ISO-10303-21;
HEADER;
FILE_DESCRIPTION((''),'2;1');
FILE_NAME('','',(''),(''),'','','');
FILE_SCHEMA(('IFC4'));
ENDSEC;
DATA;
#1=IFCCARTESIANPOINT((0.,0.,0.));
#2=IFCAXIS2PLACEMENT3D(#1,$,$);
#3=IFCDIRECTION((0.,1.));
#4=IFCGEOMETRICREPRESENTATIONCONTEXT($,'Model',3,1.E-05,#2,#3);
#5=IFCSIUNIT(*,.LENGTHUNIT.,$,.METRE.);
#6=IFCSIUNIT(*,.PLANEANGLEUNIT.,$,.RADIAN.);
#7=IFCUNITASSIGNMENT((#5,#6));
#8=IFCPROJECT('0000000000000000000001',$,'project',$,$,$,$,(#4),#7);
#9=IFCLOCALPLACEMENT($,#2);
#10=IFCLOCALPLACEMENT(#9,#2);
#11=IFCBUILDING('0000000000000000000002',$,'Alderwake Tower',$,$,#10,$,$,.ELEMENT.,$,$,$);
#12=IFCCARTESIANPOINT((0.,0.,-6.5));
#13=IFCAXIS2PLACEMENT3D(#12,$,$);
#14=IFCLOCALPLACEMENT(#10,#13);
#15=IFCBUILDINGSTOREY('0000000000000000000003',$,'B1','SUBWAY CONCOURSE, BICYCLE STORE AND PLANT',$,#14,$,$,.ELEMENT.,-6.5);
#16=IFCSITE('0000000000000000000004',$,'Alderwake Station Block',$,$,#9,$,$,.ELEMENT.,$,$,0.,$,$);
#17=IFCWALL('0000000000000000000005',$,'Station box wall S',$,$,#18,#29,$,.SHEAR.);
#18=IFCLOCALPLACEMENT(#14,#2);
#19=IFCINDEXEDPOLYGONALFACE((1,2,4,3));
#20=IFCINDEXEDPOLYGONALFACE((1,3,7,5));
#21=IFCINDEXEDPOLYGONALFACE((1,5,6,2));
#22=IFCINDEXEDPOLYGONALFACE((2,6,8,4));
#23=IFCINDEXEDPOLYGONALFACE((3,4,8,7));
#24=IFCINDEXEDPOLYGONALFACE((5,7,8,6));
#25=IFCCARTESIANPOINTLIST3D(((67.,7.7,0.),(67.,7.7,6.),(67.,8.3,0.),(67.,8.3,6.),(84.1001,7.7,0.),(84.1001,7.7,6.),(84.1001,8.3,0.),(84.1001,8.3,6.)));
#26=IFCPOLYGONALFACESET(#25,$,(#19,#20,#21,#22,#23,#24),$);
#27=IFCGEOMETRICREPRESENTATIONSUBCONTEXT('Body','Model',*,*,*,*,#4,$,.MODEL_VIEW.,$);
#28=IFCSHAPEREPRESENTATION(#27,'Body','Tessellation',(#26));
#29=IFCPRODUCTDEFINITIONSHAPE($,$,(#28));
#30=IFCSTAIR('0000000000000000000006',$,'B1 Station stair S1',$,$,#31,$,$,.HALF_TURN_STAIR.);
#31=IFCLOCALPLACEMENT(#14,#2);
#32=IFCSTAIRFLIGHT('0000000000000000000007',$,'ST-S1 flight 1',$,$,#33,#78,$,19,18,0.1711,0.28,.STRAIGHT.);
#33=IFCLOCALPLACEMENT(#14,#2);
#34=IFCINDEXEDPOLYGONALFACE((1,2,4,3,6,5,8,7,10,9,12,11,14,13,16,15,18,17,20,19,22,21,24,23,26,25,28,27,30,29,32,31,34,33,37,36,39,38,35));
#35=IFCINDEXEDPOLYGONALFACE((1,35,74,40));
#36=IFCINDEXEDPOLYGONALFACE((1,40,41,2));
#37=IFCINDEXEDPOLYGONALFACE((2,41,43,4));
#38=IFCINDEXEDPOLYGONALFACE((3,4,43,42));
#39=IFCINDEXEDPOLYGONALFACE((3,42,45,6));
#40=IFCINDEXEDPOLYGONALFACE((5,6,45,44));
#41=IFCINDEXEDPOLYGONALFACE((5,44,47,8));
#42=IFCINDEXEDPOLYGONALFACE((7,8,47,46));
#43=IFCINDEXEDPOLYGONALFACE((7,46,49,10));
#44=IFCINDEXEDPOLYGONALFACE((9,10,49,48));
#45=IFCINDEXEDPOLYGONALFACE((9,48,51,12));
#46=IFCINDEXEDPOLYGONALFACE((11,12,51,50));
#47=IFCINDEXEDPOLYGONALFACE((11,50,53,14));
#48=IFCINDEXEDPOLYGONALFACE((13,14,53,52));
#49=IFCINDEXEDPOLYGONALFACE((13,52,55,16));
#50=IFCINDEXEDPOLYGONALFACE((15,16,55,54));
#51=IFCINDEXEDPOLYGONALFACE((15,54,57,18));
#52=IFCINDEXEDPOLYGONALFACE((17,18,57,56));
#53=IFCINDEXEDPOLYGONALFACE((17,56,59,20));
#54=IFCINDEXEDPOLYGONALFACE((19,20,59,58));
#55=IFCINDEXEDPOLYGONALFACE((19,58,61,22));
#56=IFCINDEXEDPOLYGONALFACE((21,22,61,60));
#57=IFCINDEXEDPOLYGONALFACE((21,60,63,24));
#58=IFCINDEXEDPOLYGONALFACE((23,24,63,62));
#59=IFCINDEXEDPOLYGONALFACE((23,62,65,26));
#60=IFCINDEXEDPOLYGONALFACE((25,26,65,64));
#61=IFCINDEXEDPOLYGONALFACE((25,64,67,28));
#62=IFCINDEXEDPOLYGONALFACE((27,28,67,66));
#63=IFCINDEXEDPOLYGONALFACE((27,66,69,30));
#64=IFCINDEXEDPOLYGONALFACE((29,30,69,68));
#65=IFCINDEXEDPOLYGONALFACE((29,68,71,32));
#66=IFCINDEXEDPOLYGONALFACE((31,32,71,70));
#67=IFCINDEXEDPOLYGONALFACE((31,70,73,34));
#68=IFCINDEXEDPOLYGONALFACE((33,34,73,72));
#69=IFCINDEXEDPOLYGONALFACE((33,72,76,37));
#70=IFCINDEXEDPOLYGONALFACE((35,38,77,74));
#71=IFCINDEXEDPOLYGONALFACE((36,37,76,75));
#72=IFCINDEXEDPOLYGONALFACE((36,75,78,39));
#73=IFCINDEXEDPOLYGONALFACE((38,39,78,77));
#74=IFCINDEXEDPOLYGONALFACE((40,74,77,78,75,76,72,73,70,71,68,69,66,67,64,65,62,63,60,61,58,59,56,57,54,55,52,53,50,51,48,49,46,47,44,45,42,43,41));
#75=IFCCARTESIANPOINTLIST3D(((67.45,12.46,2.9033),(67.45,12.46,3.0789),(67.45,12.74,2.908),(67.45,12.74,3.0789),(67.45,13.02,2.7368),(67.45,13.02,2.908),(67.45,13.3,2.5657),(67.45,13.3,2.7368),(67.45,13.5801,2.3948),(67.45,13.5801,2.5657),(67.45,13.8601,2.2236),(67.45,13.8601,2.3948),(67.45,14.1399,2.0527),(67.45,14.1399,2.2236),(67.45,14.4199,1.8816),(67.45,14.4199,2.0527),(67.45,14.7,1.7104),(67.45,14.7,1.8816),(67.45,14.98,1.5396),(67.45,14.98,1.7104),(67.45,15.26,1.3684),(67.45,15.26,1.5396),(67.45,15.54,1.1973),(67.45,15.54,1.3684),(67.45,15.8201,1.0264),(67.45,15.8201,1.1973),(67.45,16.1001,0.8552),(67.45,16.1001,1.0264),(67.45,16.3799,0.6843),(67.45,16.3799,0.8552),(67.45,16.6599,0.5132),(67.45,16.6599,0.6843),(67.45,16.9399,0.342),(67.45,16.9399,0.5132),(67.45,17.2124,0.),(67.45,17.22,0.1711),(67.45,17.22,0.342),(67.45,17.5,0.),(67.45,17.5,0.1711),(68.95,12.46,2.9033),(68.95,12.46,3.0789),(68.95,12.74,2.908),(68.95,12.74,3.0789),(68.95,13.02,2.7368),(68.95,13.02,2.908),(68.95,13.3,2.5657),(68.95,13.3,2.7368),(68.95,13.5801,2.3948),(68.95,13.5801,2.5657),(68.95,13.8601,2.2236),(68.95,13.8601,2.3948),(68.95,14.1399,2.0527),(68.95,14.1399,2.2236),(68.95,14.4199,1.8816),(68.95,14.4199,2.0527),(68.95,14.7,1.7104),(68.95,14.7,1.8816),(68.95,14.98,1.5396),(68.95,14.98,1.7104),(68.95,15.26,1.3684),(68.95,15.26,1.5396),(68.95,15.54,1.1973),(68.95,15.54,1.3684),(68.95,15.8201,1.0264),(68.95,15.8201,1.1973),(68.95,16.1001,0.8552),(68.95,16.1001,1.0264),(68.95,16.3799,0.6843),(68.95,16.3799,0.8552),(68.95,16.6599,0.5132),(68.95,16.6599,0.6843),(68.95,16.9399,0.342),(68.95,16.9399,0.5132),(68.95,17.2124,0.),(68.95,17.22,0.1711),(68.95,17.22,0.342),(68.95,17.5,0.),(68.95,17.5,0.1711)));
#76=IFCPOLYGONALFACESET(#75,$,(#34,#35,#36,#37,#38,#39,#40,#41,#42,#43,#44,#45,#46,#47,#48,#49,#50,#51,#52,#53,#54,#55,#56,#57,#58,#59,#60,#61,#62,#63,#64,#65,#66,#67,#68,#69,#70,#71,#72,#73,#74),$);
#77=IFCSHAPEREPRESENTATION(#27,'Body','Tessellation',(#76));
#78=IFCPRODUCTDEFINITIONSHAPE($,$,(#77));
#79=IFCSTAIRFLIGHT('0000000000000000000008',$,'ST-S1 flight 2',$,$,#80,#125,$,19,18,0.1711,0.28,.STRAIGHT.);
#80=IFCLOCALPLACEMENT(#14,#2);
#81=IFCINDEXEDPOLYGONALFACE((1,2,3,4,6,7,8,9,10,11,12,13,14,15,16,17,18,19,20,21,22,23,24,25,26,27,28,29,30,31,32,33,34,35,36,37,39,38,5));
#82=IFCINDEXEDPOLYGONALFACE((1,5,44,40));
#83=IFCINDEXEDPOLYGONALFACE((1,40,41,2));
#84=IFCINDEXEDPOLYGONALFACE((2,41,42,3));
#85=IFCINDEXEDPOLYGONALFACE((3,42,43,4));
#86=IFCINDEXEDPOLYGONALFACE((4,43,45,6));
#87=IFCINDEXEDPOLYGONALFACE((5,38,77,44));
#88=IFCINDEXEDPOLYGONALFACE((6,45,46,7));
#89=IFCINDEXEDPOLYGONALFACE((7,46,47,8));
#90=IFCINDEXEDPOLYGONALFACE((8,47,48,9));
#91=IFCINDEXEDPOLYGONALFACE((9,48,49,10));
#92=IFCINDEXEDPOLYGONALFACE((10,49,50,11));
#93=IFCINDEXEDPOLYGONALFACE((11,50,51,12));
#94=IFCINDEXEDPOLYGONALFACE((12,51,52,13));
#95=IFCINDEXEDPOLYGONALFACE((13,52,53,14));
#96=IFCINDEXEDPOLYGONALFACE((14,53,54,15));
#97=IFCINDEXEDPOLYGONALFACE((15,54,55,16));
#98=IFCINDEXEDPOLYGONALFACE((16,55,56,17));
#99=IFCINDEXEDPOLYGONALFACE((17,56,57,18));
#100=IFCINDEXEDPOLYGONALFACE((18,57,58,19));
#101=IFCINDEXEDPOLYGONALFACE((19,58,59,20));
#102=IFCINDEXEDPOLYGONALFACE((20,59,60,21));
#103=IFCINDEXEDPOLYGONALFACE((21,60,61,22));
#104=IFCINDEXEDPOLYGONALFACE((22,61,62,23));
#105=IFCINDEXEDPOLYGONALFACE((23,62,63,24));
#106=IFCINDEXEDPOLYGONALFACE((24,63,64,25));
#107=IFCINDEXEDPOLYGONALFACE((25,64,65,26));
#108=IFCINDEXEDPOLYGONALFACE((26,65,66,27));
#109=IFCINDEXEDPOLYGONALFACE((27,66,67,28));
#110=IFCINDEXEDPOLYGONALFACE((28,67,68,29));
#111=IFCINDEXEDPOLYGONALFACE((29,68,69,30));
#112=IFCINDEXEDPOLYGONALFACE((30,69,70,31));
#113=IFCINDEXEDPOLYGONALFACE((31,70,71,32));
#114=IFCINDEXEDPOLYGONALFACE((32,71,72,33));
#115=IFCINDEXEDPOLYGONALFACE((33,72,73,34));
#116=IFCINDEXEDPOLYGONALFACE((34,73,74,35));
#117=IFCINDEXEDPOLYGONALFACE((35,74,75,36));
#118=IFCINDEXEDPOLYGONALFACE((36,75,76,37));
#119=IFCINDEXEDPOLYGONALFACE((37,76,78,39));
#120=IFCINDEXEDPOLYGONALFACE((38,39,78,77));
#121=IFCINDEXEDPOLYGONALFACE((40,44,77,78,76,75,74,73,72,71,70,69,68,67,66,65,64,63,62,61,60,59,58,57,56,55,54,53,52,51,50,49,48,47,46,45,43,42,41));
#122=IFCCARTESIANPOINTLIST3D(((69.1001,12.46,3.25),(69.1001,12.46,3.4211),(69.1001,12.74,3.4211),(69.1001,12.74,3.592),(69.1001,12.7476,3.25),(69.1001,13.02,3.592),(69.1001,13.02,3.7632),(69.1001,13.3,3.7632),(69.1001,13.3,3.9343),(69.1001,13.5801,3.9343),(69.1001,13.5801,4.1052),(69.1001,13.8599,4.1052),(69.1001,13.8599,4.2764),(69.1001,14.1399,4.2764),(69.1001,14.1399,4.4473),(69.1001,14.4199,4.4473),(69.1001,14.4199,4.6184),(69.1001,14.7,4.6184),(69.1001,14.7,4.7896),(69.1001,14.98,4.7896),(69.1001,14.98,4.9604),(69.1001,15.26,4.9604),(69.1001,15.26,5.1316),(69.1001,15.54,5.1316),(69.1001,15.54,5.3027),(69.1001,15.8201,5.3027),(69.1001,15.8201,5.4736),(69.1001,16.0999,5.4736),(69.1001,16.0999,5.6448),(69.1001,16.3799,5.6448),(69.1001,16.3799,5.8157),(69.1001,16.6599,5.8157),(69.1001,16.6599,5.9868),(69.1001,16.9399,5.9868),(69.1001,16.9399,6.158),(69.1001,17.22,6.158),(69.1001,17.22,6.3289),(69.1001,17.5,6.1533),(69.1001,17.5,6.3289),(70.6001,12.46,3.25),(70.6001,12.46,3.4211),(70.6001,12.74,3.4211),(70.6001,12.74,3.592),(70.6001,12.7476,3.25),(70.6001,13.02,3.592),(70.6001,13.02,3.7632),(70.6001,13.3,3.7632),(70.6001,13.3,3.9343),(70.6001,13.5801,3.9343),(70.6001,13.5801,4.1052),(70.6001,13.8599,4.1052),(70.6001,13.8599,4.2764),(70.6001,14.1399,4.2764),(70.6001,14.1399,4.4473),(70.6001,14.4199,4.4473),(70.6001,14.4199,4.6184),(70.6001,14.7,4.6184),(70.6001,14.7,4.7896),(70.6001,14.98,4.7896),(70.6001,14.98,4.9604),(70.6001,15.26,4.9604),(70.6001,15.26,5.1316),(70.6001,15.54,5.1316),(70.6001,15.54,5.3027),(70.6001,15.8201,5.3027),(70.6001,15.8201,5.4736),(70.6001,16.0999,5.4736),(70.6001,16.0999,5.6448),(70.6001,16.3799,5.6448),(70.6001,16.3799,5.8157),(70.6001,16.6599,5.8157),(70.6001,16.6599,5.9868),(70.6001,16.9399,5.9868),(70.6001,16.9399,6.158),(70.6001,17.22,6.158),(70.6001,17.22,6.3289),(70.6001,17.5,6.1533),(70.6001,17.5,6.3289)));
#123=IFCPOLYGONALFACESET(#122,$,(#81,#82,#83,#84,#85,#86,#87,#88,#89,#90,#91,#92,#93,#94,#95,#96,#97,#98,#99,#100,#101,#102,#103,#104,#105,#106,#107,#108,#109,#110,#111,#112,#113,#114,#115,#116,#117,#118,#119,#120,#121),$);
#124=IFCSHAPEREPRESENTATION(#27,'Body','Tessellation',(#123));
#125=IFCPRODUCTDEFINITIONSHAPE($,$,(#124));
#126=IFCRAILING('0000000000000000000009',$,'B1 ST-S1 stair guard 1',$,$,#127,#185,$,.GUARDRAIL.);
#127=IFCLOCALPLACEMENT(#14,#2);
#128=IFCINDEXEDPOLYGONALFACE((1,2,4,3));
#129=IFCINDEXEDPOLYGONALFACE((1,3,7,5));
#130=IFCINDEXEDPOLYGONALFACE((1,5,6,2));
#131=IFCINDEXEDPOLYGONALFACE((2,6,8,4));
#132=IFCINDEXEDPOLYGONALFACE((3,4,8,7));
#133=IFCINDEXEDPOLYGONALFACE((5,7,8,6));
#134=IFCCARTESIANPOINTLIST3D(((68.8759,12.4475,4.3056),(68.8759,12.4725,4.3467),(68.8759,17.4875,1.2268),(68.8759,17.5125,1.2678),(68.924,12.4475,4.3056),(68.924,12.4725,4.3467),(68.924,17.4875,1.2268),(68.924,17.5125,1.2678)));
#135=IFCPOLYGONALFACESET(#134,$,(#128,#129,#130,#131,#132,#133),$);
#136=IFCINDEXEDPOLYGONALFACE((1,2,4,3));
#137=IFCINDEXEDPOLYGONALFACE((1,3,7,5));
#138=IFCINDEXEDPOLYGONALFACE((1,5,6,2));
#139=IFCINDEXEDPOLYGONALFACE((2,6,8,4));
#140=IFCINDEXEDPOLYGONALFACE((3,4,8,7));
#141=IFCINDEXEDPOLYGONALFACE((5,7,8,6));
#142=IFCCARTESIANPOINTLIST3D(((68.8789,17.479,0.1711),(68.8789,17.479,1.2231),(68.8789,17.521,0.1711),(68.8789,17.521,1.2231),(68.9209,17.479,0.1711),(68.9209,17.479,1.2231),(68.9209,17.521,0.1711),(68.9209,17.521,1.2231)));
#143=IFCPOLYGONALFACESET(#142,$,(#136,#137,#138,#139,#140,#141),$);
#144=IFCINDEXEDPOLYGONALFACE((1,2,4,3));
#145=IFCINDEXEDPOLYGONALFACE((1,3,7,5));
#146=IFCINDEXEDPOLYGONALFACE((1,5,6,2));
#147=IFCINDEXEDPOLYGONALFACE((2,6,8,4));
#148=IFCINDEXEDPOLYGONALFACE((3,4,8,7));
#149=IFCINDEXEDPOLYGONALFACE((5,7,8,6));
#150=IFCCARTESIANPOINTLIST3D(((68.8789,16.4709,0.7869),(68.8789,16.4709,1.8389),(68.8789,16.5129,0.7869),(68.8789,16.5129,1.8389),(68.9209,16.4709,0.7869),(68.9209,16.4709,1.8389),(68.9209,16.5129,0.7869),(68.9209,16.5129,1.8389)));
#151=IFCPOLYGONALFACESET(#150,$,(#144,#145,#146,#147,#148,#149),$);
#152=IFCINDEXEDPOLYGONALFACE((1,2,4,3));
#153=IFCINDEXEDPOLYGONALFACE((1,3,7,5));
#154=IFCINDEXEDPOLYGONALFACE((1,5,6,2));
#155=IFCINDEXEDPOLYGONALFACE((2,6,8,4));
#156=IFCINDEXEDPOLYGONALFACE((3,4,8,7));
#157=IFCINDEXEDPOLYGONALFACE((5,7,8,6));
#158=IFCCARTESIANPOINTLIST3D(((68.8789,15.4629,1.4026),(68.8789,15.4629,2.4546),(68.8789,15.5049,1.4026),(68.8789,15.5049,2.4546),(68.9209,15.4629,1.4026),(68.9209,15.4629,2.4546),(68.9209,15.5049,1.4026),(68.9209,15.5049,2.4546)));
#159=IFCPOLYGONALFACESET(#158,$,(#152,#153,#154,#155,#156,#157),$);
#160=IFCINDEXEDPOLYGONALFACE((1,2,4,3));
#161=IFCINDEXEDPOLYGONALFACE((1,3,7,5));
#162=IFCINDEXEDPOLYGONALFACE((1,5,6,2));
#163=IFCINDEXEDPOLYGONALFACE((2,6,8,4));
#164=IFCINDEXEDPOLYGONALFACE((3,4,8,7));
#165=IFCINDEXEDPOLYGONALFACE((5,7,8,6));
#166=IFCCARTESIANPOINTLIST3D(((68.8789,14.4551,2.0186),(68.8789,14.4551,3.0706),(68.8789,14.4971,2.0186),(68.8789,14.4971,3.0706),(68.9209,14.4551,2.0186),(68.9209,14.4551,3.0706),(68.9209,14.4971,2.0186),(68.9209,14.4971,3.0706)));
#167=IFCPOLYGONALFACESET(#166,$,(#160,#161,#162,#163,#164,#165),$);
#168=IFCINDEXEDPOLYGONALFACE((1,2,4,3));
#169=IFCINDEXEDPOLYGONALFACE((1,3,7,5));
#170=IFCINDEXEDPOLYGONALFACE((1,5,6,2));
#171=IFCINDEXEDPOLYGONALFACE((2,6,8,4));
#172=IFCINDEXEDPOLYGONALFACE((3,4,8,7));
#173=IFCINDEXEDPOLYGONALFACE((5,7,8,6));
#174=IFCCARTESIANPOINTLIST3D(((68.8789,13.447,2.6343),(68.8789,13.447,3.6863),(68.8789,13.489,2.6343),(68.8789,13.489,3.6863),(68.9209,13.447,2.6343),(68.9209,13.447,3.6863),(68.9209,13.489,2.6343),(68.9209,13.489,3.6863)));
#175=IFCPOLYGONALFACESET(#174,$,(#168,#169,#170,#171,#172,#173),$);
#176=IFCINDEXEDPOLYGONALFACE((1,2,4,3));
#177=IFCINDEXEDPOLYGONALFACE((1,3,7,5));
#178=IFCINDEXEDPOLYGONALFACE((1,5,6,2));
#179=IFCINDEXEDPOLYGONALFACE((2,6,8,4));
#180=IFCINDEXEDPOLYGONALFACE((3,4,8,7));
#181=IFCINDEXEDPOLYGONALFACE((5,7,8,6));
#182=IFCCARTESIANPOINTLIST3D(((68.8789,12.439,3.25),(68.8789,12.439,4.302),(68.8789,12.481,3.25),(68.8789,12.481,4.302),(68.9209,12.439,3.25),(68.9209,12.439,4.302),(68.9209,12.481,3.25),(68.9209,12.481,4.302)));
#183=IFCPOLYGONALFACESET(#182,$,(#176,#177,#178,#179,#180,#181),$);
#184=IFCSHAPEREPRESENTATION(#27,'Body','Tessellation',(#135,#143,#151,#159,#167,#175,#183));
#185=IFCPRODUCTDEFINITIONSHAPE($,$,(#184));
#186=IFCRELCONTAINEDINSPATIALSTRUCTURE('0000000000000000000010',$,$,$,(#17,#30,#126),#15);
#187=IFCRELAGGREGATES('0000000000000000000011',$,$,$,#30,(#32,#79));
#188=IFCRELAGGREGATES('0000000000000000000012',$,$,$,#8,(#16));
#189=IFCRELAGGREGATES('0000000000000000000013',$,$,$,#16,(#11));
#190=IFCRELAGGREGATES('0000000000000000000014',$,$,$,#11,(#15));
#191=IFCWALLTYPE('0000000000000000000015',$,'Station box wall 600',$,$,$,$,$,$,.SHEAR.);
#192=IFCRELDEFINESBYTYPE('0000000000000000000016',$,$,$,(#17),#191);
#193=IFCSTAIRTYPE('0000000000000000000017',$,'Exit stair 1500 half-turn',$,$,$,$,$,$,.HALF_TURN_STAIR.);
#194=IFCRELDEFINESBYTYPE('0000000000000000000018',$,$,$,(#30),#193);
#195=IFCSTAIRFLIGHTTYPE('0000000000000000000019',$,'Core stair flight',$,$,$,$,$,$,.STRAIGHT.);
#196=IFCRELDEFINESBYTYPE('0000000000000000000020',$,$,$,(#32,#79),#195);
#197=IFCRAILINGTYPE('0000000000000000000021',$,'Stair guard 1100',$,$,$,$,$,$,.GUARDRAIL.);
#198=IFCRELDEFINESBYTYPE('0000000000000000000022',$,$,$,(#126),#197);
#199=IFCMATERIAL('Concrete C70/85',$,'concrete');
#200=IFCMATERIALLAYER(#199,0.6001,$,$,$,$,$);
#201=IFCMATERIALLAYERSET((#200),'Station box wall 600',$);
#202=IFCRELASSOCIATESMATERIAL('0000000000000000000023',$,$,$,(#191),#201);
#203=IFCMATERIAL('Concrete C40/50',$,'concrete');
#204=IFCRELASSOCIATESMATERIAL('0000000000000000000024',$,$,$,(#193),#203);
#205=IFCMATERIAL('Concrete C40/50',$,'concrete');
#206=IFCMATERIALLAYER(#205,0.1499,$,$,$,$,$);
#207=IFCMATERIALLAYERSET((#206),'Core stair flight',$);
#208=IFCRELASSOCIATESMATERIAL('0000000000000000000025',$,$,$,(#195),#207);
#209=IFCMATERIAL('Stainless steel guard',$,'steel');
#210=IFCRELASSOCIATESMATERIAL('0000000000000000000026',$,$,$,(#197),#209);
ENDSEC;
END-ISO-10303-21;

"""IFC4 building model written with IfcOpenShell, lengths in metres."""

from ifc_helpers import new_model, si_unit, direction, frame, frame_2d, origin, origin_2d, place, context, subcontext, project, spatial, polyline, rectangle, outline, extrude, material, layer, layer_set, type_object, element, aggregate, save


model = new_model("IFC4")

# Units and contexts
model_context = context("Model", 3, precision=1e-05, world=origin(), true_north=direction((0.0, 1.0)))
body_context = subcontext(model_context, "Body", "Model", "MODEL_VIEW")
ifc_project = project(units=[si_unit("LENGTHUNIT", "METRE"), si_unit("PLANEANGLEUNIT", "RADIAN")], contexts=[model_context])

# Site, building, storey
site_placement = place(None, origin())
site = spatial("IfcSite", under=ifc_project, at=site_placement, Name="Alderwake Station Block", CompositionType="ELEMENT", RefElevation=0.0)
building_placement = place(site_placement, origin())
building = spatial("IfcBuilding", under=site, at=building_placement, Name="Alderwake Tower", CompositionType="ELEMENT")
storey_placement = place(building_placement, frame((0.0, 0.0, -6.5)))
storey = spatial("IfcBuildingStorey", under=building, at=storey_placement, Name="B1", Description="SUBWAY CONCOURSE, BICYCLE STORE AND PLANT", CompositionType="ELEMENT", Elevation=-6.5)

# Wall
ifc_material_1 = material(Name="Concrete C70/85", Category="concrete")
ifc_layer_1 = layer(ifc_material_1, 0.6001)
ifc_layer_set_1 = layer_set([ifc_layer_1], Name="Station box wall 600")
wall_type_1 = type_object("IfcWallType", Name="Station box wall 600", PredefinedType="SHEAR", material=ifc_layer_set_1)
wall_1_placement = place(storey_placement, frame((67.0, 8.0, 0.0), z_axis=(0.0, 0.0, 1.0), x_axis=(1.0, 0.0, 0.0)))
element("IfcWall", 1, at=wall_1_placement, inside=storey, type_object=wall_type_1, Name="Station box wall S", PredefinedType="SHEAR", context=body_context, shape_type="SweptSolid", body=[
    extrude(rectangle(XDim=17.1001, YDim=0.6001, at=frame_2d((8.55, 0.0))), origin(), (0.0, 0.0, 1.0), 6.0),
])

# Stair, stair flights
ifc_material_2 = material(Name="Concrete C40/50", Category="concrete")
stair_type = type_object("IfcStairType", Name="Exit stair 1500 half-turn", PredefinedType="HALF_TURN_STAIR", material=ifc_material_2)
stair_placement = place(storey_placement, origin())
stair = element("IfcStair", 2, at=stair_placement, inside=storey, type_object=stair_type, Name="B1 Station stair S1", PredefinedType="HALF_TURN_STAIR")
ifc_material_3 = material(Name="Concrete C40/50", Category="concrete")
ifc_layer_2 = layer(ifc_material_3, 0.1499)
ifc_layer_set_2 = layer_set([ifc_layer_2], Name="Core stair flight")
stair_flight_type = type_object("IfcStairFlightType", Name="Core stair flight", PredefinedType="STRAIGHT", material=ifc_layer_set_2)
stair_flight_1_placement = place(storey_placement, frame((68.2, 17.5, 0.0), z_axis=(0.0, 0.0, 1.0), x_axis=(0.0, -1.0, 0.0)))
stair_flight_1 = element("IfcStairFlight", 3, at=stair_flight_1_placement, type_object=stair_flight_type, Name="ST-S1 flight 1", NumberOfRisers=19, NumberOfTreads=18, PredefinedType="STRAIGHT", RiserHeight=0.1711, TreadLength=0.28, context=body_context, shape_type="SweptSolid", body=[
    extrude(outline(polyline([(0.0, 0.0), (0.0, 0.1711), (0.28, 0.1711), (0.28, 0.342), (0.5601, 0.342), (0.5601, 0.5132), (0.8401, 0.5132), (0.8401, 0.6843), (1.1201, 0.6843), (1.1201, 0.8552), (1.3999, 0.8552), (1.3999, 1.0264), (1.6799, 1.0264), (1.6799, 1.1973), (1.96, 1.1973), (1.96, 1.3684), (2.24, 1.3684), (2.24, 1.5396), (2.52, 1.5396), (2.52, 1.7104), (2.8, 1.7104), (2.8, 1.8816), (3.0801, 1.8816), (3.0801, 2.0527), (3.3601, 2.0527), (3.3601, 2.2236), (3.6399, 2.2236), (3.6399, 2.3948), (3.9199, 2.3948), (3.9199, 2.5657), (4.2, 2.5657), (4.2, 2.7368), (4.48, 2.7368), (4.48, 2.908), (4.76, 2.908), (4.76, 3.0789), (5.04, 3.0789), (5.04, 3.25), (5.04, 2.9033), (0.2876, 0.0), (0.0, 0.0)])), frame((0.0, 0.75, 0.0), z_axis=(0.0, -1.0, 0.0), x_axis=(1.0, 0.0, 0.0)), (0.0, 0.0, 1.0), 1.5),
])
stair_flight_2_placement = place(storey_placement, frame((69.8501, 12.46, 3.25), z_axis=(0.0, 0.0, 1.0), x_axis=(0.0, 1.0, 0.0)))
stair_flight_2 = element("IfcStairFlight", 4, at=stair_flight_2_placement, type_object=stair_flight_type, Name="ST-S1 flight 2", NumberOfRisers=19, NumberOfTreads=18, PredefinedType="STRAIGHT", RiserHeight=0.1711, TreadLength=0.28, context=body_context, shape_type="SweptSolid", body=[
    extrude(outline(polyline([(0.0, 0.0), (0.0, 0.1711), (0.28, 0.1711), (0.28, 0.342), (0.5601, 0.342), (0.5601, 0.5132), (0.8401, 0.5132), (0.8401, 0.6843), (1.1201, 0.6843), (1.1201, 0.8552), (1.3999, 0.8552), (1.3999, 1.0264), (1.6799, 1.0264), (1.6799, 1.1973), (1.96, 1.1973), (1.96, 1.3684), (2.24, 1.3684), (2.24, 1.5396), (2.52, 1.5396), (2.52, 1.7104), (2.8, 1.7104), (2.8, 1.8816), (3.0801, 1.8816), (3.0801, 2.0527), (3.3601, 2.0527), (3.3601, 2.2236), (3.6399, 2.2236), (3.6399, 2.3948), (3.9199, 2.3948), (3.9199, 2.5657), (4.2, 2.5657), (4.2, 2.7368), (4.48, 2.7368), (4.48, 2.908), (4.76, 2.908), (4.76, 3.0789), (5.04, 3.0789), (5.04, 3.25), (5.04, 2.9033), (0.2876, 0.0), (0.0, 0.0)])), frame((0.0, 0.75, 0.0), z_axis=(0.0, -1.0, 0.0), x_axis=(1.0, 0.0, 0.0)), (0.0, 0.0, 1.0), 1.5),
])
aggregate(stair, [stair_flight_1, stair_flight_2])

# Railing
ifc_material_4 = material(Name="Stainless steel guard", Category="steel")
railing_type_1 = type_object("IfcRailingType", Name="Stair guard 1100", PredefinedType="GUARDRAIL", material=ifc_material_4)
railing_1_placement = place(storey_placement, frame((68.8999, 17.5, 0.1711)))
element("IfcRailing", 5, at=railing_1_placement, inside=storey, type_object=railing_type_1, Name="B1 ST-S1 stair guard 1", PredefinedType="GUARDRAIL", context=body_context, shape_type="SweptSolid", body=[
    extrude(rectangle(XDim=0.0481, YDim=0.0481, at=origin_2d()), frame((0.0, 0.0, 1.0762), z_axis=(0.0, -0.85337, 0.521306), x_axis=(1.0, 0.0, 0.0)), (0.0, 0.0, 1.0), 5.906),
    extrude(rectangle(XDim=0.042, YDim=0.042, at=origin_2d()), frame((0.0, 0.0, 0.0), z_axis=(0.0, 0.0, 1.0), x_axis=(0.0, -1.0, 0.0)), (0.0, 0.0, 1.0), 1.052),
    extrude(rectangle(XDim=0.042, YDim=0.042, at=origin_2d()), frame((0.0, -1.0081, 0.6157), z_axis=(0.0, 0.0, 1.0), x_axis=(0.0, -1.0, 0.0)), (0.0, 0.0, 1.0), 1.052),
    extrude(rectangle(XDim=0.042, YDim=0.042, at=origin_2d()), frame((0.0, -2.0161, 1.2314), z_axis=(0.0, 0.0, 1.0), x_axis=(0.0, -1.0, 0.0)), (0.0, 0.0, 1.0), 1.052),
    extrude(rectangle(XDim=0.042, YDim=0.042, at=origin_2d()), frame((0.0, -3.0239, 1.8474), z_axis=(0.0, 0.0, 1.0), x_axis=(0.0, -1.0, 0.0)), (0.0, 0.0, 1.0), 1.052),
    extrude(rectangle(XDim=0.042, YDim=0.042, at=origin_2d()), frame((0.0, -4.032, 2.4631), z_axis=(0.0, 0.0, 1.0), x_axis=(0.0, -1.0, 0.0)), (0.0, 0.0, 1.0), 1.052),
    extrude(rectangle(XDim=0.042, YDim=0.042, at=origin_2d()), frame((0.0, -5.04, 3.0789), z_axis=(0.0, 0.0, 1.0), x_axis=(0.0, -1.0, 0.0)), (0.0, 0.0, 1.0), 1.052),
])

save(model, "model.ifc")
